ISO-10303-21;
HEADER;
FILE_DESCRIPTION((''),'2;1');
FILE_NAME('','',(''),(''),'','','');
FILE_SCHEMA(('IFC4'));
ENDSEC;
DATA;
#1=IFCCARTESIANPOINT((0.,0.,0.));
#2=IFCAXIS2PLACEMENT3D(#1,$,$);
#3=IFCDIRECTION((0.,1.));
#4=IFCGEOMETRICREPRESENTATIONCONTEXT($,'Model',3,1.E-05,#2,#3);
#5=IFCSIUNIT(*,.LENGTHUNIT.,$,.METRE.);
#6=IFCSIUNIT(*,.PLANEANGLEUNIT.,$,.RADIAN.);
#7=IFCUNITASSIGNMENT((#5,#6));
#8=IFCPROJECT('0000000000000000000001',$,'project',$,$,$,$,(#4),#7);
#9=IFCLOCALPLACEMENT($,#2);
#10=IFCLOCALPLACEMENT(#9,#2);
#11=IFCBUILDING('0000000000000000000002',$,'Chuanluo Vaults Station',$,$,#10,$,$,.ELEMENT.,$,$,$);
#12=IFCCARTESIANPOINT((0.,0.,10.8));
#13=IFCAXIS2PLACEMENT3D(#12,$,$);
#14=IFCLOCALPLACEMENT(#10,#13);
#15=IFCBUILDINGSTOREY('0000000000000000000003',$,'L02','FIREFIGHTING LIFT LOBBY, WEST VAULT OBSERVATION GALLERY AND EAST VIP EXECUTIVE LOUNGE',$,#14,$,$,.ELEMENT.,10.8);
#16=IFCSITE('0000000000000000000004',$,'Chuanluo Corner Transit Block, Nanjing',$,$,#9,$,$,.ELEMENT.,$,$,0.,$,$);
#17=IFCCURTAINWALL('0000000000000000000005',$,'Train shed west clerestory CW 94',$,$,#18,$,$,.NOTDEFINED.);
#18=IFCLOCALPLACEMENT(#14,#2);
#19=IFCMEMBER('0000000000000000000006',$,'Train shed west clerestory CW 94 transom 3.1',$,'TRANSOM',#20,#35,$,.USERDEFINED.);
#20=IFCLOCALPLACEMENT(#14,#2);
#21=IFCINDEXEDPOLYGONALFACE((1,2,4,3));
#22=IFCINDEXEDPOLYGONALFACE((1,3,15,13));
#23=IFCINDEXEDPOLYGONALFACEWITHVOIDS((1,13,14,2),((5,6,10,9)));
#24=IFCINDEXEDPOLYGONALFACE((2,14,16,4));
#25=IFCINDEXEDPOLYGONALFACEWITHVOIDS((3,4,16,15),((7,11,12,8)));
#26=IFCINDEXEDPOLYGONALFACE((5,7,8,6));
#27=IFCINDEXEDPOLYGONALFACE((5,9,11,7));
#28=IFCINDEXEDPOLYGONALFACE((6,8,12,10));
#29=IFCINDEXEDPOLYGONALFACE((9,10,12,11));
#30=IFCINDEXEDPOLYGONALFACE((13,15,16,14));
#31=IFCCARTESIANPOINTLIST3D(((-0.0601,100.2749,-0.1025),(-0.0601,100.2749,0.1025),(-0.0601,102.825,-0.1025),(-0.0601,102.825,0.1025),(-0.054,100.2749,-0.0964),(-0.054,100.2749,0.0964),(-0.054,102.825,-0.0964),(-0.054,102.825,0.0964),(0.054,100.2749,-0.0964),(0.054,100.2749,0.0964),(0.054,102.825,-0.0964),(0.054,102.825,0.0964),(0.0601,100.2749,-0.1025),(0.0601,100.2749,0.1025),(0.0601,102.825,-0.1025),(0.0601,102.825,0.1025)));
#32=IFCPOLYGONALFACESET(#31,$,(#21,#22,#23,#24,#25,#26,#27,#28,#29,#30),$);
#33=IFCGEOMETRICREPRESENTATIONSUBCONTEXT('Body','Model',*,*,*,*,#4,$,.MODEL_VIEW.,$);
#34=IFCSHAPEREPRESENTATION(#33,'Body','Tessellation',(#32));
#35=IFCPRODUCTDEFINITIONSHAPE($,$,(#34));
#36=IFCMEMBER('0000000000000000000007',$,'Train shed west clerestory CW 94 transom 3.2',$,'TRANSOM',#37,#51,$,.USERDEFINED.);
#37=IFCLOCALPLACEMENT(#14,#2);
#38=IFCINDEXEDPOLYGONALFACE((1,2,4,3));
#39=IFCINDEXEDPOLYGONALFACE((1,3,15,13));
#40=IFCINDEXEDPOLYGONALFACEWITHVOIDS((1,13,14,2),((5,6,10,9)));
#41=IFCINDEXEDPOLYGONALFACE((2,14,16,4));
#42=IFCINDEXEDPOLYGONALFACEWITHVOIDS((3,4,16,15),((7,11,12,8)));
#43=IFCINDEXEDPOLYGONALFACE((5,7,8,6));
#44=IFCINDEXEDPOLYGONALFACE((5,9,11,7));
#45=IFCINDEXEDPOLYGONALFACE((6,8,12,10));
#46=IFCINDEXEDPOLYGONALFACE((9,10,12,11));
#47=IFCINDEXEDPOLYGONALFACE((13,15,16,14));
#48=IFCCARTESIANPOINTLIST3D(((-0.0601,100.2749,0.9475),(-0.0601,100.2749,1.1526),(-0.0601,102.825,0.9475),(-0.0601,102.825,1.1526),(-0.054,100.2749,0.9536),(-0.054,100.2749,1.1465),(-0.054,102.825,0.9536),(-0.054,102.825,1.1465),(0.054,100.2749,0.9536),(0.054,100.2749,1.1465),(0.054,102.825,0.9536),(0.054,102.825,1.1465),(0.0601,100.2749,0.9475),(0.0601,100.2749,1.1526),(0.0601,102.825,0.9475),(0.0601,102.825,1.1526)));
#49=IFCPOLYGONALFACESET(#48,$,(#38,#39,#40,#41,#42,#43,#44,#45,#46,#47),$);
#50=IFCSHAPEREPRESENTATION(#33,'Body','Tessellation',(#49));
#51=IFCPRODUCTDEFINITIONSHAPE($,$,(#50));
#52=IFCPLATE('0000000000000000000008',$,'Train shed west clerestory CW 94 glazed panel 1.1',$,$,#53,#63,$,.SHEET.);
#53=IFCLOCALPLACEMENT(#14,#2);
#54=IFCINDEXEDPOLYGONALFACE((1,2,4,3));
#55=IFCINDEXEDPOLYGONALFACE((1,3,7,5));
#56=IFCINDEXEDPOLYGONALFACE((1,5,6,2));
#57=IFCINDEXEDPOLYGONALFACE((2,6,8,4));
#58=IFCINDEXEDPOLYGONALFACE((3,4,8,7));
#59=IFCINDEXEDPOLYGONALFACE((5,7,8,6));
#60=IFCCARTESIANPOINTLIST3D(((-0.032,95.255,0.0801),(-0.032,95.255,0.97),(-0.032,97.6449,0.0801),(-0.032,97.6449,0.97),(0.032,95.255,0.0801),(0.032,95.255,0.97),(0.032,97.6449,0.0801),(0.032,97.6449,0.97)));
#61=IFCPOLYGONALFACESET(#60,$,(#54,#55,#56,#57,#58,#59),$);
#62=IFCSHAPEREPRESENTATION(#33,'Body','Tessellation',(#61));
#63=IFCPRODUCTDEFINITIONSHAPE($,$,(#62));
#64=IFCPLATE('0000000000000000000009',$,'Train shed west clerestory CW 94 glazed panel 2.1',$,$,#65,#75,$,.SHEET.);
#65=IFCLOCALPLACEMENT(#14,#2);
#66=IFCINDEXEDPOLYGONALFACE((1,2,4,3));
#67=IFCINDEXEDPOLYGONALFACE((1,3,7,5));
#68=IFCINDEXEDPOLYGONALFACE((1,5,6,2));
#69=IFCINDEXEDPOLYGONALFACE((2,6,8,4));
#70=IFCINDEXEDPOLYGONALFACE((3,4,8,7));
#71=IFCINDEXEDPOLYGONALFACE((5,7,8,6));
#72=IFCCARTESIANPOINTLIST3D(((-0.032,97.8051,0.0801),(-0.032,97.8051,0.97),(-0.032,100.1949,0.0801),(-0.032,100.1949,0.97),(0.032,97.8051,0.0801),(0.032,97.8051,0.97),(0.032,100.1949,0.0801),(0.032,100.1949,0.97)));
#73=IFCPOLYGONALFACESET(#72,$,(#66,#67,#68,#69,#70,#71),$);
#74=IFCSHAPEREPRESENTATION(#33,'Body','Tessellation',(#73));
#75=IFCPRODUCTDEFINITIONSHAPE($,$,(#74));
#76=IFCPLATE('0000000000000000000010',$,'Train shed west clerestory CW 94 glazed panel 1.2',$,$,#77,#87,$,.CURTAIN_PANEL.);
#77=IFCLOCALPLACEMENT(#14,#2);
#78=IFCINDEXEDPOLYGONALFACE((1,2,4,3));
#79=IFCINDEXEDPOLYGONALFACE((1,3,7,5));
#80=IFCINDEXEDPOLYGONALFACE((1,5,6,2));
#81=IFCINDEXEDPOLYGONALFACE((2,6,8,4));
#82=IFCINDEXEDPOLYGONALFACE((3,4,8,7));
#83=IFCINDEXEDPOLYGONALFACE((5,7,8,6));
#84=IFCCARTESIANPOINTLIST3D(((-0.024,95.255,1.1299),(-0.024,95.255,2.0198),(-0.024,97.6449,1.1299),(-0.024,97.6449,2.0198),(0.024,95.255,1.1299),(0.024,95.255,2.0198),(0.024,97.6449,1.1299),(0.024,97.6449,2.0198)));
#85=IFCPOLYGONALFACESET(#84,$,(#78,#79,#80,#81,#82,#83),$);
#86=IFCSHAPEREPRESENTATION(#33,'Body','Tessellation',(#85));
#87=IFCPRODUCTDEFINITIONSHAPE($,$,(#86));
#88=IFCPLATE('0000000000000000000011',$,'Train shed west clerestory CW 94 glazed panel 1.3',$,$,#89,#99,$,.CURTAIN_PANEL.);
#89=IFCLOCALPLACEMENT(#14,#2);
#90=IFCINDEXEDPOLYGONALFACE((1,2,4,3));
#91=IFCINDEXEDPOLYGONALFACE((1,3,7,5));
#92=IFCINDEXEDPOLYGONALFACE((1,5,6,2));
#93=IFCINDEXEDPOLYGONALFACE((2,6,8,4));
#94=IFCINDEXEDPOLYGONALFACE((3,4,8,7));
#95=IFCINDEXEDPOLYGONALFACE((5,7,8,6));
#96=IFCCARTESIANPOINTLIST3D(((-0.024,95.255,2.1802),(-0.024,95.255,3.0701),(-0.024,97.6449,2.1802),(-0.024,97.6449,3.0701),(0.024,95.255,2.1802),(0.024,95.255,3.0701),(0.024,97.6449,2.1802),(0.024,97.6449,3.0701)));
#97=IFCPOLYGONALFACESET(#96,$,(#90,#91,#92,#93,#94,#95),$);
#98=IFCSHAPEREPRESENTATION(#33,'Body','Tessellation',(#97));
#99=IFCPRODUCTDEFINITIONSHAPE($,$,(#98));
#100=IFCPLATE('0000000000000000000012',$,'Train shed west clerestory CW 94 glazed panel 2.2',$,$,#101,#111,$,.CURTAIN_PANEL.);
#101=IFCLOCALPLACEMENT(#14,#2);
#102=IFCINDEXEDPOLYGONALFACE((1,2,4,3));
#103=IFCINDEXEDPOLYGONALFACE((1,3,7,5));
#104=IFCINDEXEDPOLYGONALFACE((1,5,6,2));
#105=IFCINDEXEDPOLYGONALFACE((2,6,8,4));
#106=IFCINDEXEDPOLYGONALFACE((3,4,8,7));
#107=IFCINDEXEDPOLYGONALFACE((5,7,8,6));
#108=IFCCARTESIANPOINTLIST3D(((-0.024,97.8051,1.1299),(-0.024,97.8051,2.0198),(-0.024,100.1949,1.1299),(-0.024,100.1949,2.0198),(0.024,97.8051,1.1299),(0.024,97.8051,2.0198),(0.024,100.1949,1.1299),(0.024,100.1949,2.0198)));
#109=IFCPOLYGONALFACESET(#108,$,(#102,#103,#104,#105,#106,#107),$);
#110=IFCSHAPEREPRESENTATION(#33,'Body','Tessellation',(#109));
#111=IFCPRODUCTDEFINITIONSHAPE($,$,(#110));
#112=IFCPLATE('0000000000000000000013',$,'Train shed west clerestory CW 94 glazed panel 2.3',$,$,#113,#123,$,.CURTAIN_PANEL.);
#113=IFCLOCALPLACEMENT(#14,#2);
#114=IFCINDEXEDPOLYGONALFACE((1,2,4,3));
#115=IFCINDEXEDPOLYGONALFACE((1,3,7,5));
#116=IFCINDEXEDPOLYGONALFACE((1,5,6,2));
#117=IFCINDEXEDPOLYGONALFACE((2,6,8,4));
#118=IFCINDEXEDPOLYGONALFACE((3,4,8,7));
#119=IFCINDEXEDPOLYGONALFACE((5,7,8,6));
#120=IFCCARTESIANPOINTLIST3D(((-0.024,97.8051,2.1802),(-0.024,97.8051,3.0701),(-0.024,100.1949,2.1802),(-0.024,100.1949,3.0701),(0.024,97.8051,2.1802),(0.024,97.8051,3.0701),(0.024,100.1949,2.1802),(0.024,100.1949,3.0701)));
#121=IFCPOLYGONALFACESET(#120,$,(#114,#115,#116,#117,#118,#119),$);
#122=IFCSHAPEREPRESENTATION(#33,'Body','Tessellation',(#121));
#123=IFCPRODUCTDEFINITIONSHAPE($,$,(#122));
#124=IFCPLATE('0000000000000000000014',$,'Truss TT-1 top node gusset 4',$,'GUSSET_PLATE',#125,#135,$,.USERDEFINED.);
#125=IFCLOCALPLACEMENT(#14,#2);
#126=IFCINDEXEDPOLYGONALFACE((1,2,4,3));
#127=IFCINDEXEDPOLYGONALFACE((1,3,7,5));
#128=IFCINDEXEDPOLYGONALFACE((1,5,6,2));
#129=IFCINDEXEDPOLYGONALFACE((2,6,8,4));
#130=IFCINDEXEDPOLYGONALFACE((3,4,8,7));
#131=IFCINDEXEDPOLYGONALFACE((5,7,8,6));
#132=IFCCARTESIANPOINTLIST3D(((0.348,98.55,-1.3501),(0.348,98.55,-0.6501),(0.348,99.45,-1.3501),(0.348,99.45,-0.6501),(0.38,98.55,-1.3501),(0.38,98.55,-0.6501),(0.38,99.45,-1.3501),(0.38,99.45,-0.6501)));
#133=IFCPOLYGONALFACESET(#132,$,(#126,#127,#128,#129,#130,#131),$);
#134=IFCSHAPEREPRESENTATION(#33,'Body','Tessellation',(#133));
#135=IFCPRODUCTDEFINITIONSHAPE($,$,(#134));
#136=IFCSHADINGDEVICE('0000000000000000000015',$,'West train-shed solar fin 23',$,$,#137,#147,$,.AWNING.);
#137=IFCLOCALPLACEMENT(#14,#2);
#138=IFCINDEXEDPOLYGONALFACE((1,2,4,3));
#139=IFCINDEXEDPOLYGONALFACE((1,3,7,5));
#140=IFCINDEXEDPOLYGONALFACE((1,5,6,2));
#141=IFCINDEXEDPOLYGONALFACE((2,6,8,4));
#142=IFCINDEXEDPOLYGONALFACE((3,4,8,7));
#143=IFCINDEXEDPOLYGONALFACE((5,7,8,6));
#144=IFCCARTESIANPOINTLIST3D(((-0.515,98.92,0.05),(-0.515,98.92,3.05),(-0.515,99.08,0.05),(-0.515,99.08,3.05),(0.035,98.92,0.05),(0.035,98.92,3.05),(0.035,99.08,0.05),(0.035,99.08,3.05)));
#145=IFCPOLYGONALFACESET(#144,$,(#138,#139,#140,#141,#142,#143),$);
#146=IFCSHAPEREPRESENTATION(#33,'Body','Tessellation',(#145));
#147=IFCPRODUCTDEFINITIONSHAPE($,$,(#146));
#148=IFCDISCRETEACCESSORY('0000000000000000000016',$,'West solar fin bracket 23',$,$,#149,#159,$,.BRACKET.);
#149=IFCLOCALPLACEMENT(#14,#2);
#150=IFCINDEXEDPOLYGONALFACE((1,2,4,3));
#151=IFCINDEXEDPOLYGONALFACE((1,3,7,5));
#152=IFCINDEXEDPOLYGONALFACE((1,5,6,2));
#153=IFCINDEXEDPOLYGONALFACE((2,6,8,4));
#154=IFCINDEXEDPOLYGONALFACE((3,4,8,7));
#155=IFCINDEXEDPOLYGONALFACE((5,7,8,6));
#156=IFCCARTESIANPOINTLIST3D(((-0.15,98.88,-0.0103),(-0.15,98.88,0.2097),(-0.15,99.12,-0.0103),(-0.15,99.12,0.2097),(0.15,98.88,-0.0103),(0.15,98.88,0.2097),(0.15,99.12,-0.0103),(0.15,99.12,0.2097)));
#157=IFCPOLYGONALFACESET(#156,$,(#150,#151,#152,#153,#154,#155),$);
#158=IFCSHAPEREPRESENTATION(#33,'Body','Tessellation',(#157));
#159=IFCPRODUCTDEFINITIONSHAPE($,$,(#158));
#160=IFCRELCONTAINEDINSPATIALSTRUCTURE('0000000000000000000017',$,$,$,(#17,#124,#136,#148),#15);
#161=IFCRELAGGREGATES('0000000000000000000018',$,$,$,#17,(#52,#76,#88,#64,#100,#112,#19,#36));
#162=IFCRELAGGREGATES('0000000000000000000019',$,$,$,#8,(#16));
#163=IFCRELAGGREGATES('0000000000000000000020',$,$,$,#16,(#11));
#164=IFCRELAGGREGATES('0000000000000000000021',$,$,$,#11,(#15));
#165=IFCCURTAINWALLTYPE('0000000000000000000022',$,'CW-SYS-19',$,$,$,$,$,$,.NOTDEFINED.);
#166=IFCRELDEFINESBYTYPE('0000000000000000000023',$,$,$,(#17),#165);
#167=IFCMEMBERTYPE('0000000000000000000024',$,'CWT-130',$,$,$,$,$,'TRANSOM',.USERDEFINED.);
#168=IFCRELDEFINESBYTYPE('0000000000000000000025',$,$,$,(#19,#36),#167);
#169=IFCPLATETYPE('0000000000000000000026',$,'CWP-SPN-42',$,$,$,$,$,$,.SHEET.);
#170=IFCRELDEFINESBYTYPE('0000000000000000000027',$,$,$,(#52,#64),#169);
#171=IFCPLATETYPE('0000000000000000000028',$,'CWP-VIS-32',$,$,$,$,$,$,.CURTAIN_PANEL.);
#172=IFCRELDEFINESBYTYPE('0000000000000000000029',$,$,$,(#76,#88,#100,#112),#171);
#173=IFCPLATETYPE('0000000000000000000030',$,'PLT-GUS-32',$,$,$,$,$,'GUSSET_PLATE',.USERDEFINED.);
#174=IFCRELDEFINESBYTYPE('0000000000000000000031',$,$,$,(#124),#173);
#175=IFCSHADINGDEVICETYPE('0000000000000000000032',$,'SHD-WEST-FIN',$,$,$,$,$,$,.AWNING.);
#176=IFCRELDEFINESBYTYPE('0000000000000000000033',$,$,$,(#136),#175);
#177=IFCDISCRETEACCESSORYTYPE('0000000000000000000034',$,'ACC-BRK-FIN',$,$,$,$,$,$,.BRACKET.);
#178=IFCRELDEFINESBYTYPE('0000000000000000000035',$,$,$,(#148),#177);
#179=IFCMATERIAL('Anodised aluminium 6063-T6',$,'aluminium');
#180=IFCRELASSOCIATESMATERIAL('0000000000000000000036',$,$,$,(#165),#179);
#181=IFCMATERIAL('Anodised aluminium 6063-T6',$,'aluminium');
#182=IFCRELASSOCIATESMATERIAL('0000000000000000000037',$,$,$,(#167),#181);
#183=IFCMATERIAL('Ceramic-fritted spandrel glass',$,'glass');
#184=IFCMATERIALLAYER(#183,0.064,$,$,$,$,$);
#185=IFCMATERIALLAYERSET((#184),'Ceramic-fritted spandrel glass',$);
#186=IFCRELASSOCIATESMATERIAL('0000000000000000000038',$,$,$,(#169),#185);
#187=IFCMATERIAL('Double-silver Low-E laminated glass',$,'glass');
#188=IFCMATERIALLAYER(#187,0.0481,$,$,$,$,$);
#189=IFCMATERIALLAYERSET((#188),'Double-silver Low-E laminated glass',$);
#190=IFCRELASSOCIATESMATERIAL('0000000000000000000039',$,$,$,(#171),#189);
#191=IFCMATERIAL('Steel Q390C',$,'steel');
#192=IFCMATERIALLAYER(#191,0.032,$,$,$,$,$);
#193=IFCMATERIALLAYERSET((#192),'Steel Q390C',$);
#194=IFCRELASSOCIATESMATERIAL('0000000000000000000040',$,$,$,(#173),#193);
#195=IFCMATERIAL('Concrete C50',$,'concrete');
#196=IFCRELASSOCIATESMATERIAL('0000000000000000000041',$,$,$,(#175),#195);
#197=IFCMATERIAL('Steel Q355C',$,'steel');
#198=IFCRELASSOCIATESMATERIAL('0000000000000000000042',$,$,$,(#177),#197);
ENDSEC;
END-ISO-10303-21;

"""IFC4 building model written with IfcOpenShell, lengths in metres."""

from ifc_helpers import new_model, si_unit, direction, frame, origin, origin_2d, place, context, subcontext, project, spatial, rectangle, hollow_rectangle, extrude, material, layer, layer_set, material_profile, profile_set, type_object, element, aggregate, save


model = new_model("IFC4")

# Units and contexts
model_context = context("Model", 3, precision=1e-05, world=origin(), true_north=direction((0.0, 1.0)))
body_context = subcontext(model_context, "Body", "Model", "MODEL_VIEW")
ifc_project = project(units=[si_unit("LENGTHUNIT", "METRE"), si_unit("PLANEANGLEUNIT", "RADIAN")], contexts=[model_context])

# Site, building, storey
site_placement = place(None, origin())
site = spatial("IfcSite", under=ifc_project, at=site_placement, Name="Chuanluo Corner Transit Block, Nanjing", CompositionType="ELEMENT", RefElevation=0.0)
building_placement = place(site_placement, origin())
building = spatial("IfcBuilding", under=site, at=building_placement, Name="Chuanluo Vaults Station", CompositionType="ELEMENT")
storey_placement = place(building_placement, frame((0.0, 0.0, 10.8)))
storey = spatial("IfcBuildingStorey", under=building, at=storey_placement, Name="L02", Description="FIREFIGHTING LIFT LOBBY, WEST VAULT OBSERVATION GALLERY AND EAST VIP EXECUTIVE LOUNGE", CompositionType="ELEMENT", Elevation=10.8)

# Curtain wall, members, plates
ifc_material_1 = material(Name="Anodised aluminium 6063-T6", Category="aluminium")
curtain_wall_type = type_object("IfcCurtainWallType", Name="CW-SYS-19", PredefinedType="NOTDEFINED", material=ifc_material_1)
curtain_wall_placement = place(storey_placement, origin())
curtain_wall = element("IfcCurtainWall", 1, at=curtain_wall_placement, inside=storey, type_object=curtain_wall_type, Name="Train shed west clerestory CW 94", PredefinedType="NOTDEFINED")
ifc_material_2 = material(Name="Anodised aluminium 6063-T6", Category="aluminium")
ifc_material_profile_1 = material_profile(ifc_material_2, hollow_rectangle(XDim=0.1201, YDim=0.2051, WallThickness=0.0061, at=origin_2d()))
ifc_profile_set_1 = profile_set([ifc_material_profile_1], Name="Anodised aluminium 6063-T6")
member_type_1 = type_object("IfcMemberType", Name="CWT-130", ElementType="TRANSOM", PredefinedType="USERDEFINED", material=ifc_profile_set_1)
member_1_placement = place(storey_placement, frame((0.0, 100.2749, 0.0), z_axis=(0.0, 1.0, 0.0), x_axis=(-1.0, 0.0, 0.0)))
member_1 = element("IfcMember", 2, at=member_1_placement, type_object=member_type_1, Name="Train shed west clerestory CW 94 transom 3.1", ObjectType="TRANSOM", PredefinedType="USERDEFINED", context=body_context, shape_type="SweptSolid", body=[
    extrude(hollow_rectangle(XDim=0.1201, YDim=0.2051, WallThickness=0.0061, at=origin_2d()), origin(), (0.0, 0.0, 1.0), 2.55),
])
member_2_placement = place(storey_placement, frame((0.0, 100.2749, 1.05), z_axis=(0.0, 1.0, 0.0), x_axis=(-1.0, 0.0, 0.0)))
member_2 = element("IfcMember", 3, at=member_2_placement, type_object=member_type_1, Name="Train shed west clerestory CW 94 transom 3.2", ObjectType="TRANSOM", PredefinedType="USERDEFINED", context=body_context, shape_type="SweptSolid", body=[
    extrude(hollow_rectangle(XDim=0.1201, YDim=0.2051, WallThickness=0.0061, at=origin_2d()), origin(), (0.0, 0.0, 1.0), 2.55),
])
ifc_material_3 = material(Name="Ceramic-fritted spandrel glass", Category="glass")
ifc_layer_1 = layer(ifc_material_3, 0.064)
ifc_layer_set_1 = layer_set([ifc_layer_1], Name="Ceramic-fritted spandrel glass")
plate_type_1 = type_object("IfcPlateType", Name="CWP-SPN-42", PredefinedType="SHEET", material=ifc_layer_set_1)
plate_1_placement = place(storey_placement, frame((0.0, 96.45, 0.0801), z_axis=(0.0, 0.0, 1.0), x_axis=(0.0, 1.0, 0.0)))
plate_1 = element("IfcPlate", 4, at=plate_1_placement, type_object=plate_type_1, Name="Train shed west clerestory CW 94 glazed panel 1.1", PredefinedType="SHEET", context=body_context, shape_type="SweptSolid", body=[
    extrude(rectangle(XDim=2.3899, YDim=0.064, at=origin_2d()), origin(), (0.0, 0.0, 1.0), 0.8899),
])
plate_2_placement = place(storey_placement, frame((0.0, 99.0, 0.0801), z_axis=(0.0, 0.0, 1.0), x_axis=(0.0, 1.0, 0.0)))
plate_2 = element("IfcPlate", 5, at=plate_2_placement, type_object=plate_type_1, Name="Train shed west clerestory CW 94 glazed panel 2.1", PredefinedType="SHEET", context=body_context, shape_type="SweptSolid", body=[
    extrude(rectangle(XDim=2.3899, YDim=0.064, at=origin_2d()), origin(), (0.0, 0.0, 1.0), 0.8899),
])
ifc_material_4 = material(Name="Double-silver Low-E laminated glass", Category="glass")
ifc_layer_2 = layer(ifc_material_4, 0.0481)
ifc_layer_set_2 = layer_set([ifc_layer_2], Name="Double-silver Low-E laminated glass")
plate_type_2 = type_object("IfcPlateType", Name="CWP-VIS-32", PredefinedType="CURTAIN_PANEL", material=ifc_layer_set_2)
plate_3_placement = place(storey_placement, frame((0.0, 96.45, 1.1299), z_axis=(0.0, 0.0, 1.0), x_axis=(0.0, 1.0, 0.0)))
plate_3 = element("IfcPlate", 6, at=plate_3_placement, type_object=plate_type_2, Name="Train shed west clerestory CW 94 glazed panel 1.2", PredefinedType="CURTAIN_PANEL", context=body_context, shape_type="SweptSolid", body=[
    extrude(rectangle(XDim=2.3899, YDim=0.0481, at=origin_2d()), origin(), (0.0, 0.0, 1.0), 0.8899),
])
plate_4_placement = place(storey_placement, frame((0.0, 96.45, 2.1802), z_axis=(0.0, 0.0, 1.0), x_axis=(0.0, 1.0, 0.0)))
plate_4 = element("IfcPlate", 7, at=plate_4_placement, type_object=plate_type_2, Name="Train shed west clerestory CW 94 glazed panel 1.3", PredefinedType="CURTAIN_PANEL", context=body_context, shape_type="SweptSolid", body=[
    extrude(rectangle(XDim=2.3899, YDim=0.0481, at=origin_2d()), origin(), (0.0, 0.0, 1.0), 0.8899),
])
plate_5_placement = place(storey_placement, frame((0.0, 99.0, 1.1299), z_axis=(0.0, 0.0, 1.0), x_axis=(0.0, 1.0, 0.0)))
plate_5 = element("IfcPlate", 8, at=plate_5_placement, type_object=plate_type_2, Name="Train shed west clerestory CW 94 glazed panel 2.2", PredefinedType="CURTAIN_PANEL", context=body_context, shape_type="SweptSolid", body=[
    extrude(rectangle(XDim=2.3899, YDim=0.0481, at=origin_2d()), origin(), (0.0, 0.0, 1.0), 0.8899),
])
plate_6_placement = place(storey_placement, frame((0.0, 99.0, 2.1802), z_axis=(0.0, 0.0, 1.0), x_axis=(0.0, 1.0, 0.0)))
plate_6 = element("IfcPlate", 9, at=plate_6_placement, type_object=plate_type_2, Name="Train shed west clerestory CW 94 glazed panel 2.3", PredefinedType="CURTAIN_PANEL", context=body_context, shape_type="SweptSolid", body=[
    extrude(rectangle(XDim=2.3899, YDim=0.0481, at=origin_2d()), origin(), (0.0, 0.0, 1.0), 0.8899),
])
aggregate(curtain_wall, [plate_1, plate_3, plate_4, plate_2, plate_5, plate_6, member_1, member_2])

# Plate
ifc_material_5 = material(Name="Steel Q390C", Category="steel")
ifc_layer_3 = layer(ifc_material_5, 0.032)
ifc_layer_set_3 = layer_set([ifc_layer_3], Name="Steel Q390C")
plate_type_3 = type_object("IfcPlateType", Name="PLT-GUS-32", ElementType="GUSSET_PLATE", PredefinedType="USERDEFINED", material=ifc_layer_set_3)
plate_7_placement = place(storey_placement, frame((0.364, 99.0, -1.3501), z_axis=(0.0, 0.0, 1.0), x_axis=(1.0, 0.0, 0.0)))
element("IfcPlate", 10, at=plate_7_placement, inside=storey, type_object=plate_type_3, Name="Truss TT-1 top node gusset 4", ObjectType="GUSSET_PLATE", PredefinedType="USERDEFINED", context=body_context, shape_type="SweptSolid", body=[
    extrude(rectangle(XDim=0.032, YDim=0.8999, at=origin_2d()), origin(), (0.0, 0.0, 1.0), 0.7),
])

# Shading device
ifc_material_6 = material(Name="Concrete C50", Category="concrete")
shading_device_type = type_object("IfcShadingDeviceType", Name="SHD-WEST-FIN", PredefinedType="AWNING", material=ifc_material_6)
shading_device_placement = place(storey_placement, frame((-0.24, 99.0, 0.05), z_axis=(0.0, 0.0, 1.0), x_axis=(1.0, 0.0, 0.0)))
element("IfcShadingDevice", 11, at=shading_device_placement, inside=storey, type_object=shading_device_type, Name="West train-shed solar fin 23", PredefinedType="AWNING", context=body_context, shape_type="SweptSolid", body=[
    extrude(rectangle(XDim=0.55, YDim=0.1599, at=origin_2d()), origin(), (0.0, 0.0, 1.0), 3.0),
])

# Discrete accessory
ifc_material_7 = material(Name="Steel Q355C", Category="steel")
discrete_accessory_type = type_object("IfcDiscreteAccessoryType", Name="ACC-BRK-FIN", PredefinedType="BRACKET", material=ifc_material_7)
discrete_accessory_placement = place(storey_placement, frame((0.0, 99.0, -0.0103), z_axis=(0.0, 0.0, 1.0), x_axis=(1.0, 0.0, 0.0)))
element("IfcDiscreteAccessory", 12, at=discrete_accessory_placement, inside=storey, type_object=discrete_accessory_type, Name="West solar fin bracket 23", PredefinedType="BRACKET", context=body_context, shape_type="SweptSolid", body=[
    extrude(rectangle(XDim=0.3, YDim=0.24, at=origin_2d()), origin(), (0.0, 0.0, 1.0), 0.22),
])

save(model, "model.ifc")
